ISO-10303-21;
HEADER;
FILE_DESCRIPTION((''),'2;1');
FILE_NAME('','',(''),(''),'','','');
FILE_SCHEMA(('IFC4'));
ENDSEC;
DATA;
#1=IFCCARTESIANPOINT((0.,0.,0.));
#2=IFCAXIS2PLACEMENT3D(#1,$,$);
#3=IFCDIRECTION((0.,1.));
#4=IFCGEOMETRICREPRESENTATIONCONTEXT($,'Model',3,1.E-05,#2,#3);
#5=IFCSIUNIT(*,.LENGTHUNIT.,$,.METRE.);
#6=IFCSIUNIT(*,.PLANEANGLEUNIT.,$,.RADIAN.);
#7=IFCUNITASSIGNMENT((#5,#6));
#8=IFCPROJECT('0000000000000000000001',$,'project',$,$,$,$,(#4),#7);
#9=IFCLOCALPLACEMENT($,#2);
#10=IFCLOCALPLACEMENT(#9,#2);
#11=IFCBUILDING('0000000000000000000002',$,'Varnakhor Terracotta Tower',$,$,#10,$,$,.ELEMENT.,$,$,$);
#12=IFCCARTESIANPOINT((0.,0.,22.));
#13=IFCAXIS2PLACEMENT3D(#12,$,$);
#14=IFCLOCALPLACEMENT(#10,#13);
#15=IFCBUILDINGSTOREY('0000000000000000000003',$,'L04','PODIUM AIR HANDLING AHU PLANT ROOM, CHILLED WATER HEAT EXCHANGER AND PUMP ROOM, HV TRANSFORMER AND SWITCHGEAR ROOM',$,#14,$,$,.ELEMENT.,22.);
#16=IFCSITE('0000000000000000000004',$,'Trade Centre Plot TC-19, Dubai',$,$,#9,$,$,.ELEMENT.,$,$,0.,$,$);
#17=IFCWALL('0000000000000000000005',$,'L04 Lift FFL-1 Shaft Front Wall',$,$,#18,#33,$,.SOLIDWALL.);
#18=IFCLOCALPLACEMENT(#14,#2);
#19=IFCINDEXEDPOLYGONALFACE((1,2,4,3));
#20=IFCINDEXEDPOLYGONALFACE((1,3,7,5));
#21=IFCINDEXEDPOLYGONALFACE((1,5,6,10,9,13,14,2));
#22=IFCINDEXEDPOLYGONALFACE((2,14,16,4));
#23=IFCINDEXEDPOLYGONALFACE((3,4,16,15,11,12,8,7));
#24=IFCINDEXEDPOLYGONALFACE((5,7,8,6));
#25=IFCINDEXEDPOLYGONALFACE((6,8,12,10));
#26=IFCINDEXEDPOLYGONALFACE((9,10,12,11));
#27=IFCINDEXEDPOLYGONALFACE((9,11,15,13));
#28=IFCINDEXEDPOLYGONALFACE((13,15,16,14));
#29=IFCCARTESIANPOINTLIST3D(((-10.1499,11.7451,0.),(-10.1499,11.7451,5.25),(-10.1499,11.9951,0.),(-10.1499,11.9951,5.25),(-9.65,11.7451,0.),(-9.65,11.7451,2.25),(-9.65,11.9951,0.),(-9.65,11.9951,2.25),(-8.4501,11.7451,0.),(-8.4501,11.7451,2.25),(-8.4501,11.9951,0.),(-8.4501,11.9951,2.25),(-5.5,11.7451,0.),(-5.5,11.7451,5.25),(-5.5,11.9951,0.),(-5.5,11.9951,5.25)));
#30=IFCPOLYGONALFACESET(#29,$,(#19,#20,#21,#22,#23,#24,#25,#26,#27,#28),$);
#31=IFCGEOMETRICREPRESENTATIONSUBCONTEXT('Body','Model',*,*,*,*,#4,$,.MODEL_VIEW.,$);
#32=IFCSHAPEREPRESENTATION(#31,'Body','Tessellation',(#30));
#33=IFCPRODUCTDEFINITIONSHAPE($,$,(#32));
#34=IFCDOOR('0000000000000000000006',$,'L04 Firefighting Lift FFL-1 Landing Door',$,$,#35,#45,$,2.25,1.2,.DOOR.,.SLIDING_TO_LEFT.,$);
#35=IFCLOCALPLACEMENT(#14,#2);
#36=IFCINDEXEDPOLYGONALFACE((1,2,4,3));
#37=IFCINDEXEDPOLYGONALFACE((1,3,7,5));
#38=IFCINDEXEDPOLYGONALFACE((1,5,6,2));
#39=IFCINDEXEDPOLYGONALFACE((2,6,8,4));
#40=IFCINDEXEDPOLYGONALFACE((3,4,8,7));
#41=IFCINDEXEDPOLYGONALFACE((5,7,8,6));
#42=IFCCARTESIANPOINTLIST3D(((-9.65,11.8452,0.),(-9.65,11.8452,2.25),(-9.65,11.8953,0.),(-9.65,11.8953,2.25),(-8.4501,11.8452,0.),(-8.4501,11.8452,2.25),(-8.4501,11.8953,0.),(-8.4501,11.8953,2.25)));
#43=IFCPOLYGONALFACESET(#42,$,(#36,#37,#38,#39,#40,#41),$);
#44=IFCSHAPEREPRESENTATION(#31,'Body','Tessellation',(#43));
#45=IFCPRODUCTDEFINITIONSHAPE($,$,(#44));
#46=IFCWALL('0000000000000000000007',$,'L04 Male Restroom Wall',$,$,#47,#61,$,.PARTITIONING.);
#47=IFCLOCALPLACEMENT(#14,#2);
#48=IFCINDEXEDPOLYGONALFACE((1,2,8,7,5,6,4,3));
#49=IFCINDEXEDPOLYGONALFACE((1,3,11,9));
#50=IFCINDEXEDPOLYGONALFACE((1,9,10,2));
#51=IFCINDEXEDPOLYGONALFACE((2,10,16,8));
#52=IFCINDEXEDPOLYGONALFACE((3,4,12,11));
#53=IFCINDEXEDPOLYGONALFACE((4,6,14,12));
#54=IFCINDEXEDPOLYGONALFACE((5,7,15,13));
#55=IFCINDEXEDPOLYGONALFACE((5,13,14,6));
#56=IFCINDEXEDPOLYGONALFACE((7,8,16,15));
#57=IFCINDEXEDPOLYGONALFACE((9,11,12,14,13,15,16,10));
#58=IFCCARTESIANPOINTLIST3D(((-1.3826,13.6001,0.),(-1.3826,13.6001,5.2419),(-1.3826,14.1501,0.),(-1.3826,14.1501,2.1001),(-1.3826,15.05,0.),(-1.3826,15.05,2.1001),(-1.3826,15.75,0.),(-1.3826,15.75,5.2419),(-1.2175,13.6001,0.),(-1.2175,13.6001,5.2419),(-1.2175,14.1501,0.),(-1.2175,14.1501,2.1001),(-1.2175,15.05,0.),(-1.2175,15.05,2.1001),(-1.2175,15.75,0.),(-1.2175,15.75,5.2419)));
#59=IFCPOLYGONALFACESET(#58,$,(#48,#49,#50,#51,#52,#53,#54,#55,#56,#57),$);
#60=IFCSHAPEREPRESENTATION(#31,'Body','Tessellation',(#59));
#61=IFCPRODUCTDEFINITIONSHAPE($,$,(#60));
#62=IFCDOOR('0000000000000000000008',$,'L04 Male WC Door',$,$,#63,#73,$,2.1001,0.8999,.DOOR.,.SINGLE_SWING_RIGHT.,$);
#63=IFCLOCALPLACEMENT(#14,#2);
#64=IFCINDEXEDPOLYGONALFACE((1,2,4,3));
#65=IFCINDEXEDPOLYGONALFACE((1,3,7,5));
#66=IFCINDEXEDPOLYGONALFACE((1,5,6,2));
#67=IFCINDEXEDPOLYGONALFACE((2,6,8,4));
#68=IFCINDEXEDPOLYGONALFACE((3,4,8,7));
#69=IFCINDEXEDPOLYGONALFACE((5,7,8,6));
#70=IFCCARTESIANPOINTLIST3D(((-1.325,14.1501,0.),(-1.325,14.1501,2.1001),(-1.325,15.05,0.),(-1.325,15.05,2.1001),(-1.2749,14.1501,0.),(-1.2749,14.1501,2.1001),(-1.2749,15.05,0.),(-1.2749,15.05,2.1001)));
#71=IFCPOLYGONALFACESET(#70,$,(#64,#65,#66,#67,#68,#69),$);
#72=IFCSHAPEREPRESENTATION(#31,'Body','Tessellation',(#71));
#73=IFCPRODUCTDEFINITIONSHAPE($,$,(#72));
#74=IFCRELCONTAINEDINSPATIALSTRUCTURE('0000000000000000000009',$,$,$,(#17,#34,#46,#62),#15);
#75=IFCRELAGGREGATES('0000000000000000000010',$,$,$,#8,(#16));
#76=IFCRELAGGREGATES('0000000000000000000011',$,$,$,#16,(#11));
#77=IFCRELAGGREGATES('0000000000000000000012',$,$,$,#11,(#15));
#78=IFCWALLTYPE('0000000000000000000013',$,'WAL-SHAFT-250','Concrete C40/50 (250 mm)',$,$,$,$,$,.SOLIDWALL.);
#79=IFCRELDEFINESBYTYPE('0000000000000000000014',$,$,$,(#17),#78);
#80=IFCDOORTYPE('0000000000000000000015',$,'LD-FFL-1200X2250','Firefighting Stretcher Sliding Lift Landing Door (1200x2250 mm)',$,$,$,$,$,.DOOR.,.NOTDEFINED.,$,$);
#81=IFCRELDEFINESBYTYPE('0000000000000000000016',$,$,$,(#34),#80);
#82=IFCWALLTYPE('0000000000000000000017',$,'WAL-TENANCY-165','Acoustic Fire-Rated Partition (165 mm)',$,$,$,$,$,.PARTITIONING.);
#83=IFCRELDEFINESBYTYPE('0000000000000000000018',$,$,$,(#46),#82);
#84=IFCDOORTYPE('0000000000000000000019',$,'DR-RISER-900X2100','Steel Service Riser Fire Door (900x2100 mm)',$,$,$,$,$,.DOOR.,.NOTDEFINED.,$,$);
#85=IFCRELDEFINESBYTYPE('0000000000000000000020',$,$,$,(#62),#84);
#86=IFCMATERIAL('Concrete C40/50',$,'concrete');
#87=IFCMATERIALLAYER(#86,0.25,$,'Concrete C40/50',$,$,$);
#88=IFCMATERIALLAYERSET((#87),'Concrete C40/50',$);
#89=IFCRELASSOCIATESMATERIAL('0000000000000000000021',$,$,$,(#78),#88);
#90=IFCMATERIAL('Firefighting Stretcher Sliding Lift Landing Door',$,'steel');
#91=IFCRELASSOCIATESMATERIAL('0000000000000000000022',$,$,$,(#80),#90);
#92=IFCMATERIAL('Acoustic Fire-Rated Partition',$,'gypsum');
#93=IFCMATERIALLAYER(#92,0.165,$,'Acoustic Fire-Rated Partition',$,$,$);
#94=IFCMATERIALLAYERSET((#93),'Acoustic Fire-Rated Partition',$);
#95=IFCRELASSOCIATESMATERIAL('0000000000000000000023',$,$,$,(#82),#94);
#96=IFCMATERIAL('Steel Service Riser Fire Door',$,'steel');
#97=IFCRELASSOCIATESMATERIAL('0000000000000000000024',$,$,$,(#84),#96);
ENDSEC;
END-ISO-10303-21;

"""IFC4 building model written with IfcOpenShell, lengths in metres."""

from ifc_helpers import new_model, si_unit, direction, frame, frame_2d, origin, place, context, subcontext, project, spatial, rectangle, extrude, source, transform, mapped, material, layer, layer_set, type_object, type_shapes, element, fill, save


model = new_model("IFC4")

# Units and contexts
model_context = context("Model", 3, precision=1e-05, world=origin(), true_north=direction((0.0, 1.0)))
body_context = subcontext(model_context, "Body", "Model", "MODEL_VIEW")
ifc_project = project(units=[si_unit("LENGTHUNIT", "METRE"), si_unit("PLANEANGLEUNIT", "RADIAN")], contexts=[model_context])

# Site, building, storey
site_placement = place(None, origin())
site = spatial("IfcSite", under=ifc_project, at=site_placement, Name="Trade Centre Plot TC-19, Dubai", CompositionType="ELEMENT", RefElevation=0.0)
building_placement = place(site_placement, origin())
building = spatial("IfcBuilding", under=site, at=building_placement, Name="Varnakhor Terracotta Tower", CompositionType="ELEMENT")
storey_placement = place(building_placement, frame((0.0, 0.0, 22.0)))
storey = spatial("IfcBuildingStorey", under=building, at=storey_placement, Name="L04", Description="PODIUM AIR HANDLING AHU PLANT ROOM, CHILLED WATER HEAT EXCHANGER AND PUMP ROOM, HV TRANSFORMER AND SWITCHGEAR ROOM", CompositionType="ELEMENT", Elevation=22.0)

# Shared definitions
ifc_material_1 = material(Name="Concrete C40/50", Category="concrete")

# Walls, openings, doors
ifc_layer_1 = layer(ifc_material_1, 0.25, Name="Concrete C40/50")
ifc_layer_set_1 = layer_set([ifc_layer_1], Name="Concrete C40/50")
wall_type_1 = type_object("IfcWallType", Name="WAL-SHAFT-250", Description="Concrete C40/50 (250 mm)", PredefinedType="SOLIDWALL", material=ifc_layer_set_1)
wall_1_placement = place(storey_placement, frame((-5.5, 11.8701, 0.0), z_axis=(0.0, 0.0, 1.0), x_axis=(-1.0, 0.0, 0.0)))
wall_1 = element("IfcWall", 1, at=wall_1_placement, inside=storey, type_object=wall_type_1, Name="L04 Lift FFL-1 Shaft Front Wall", PredefinedType="SOLIDWALL", context=body_context, shape_type="SweptSolid", body=[
    extrude(rectangle(XDim=4.6499, YDim=0.25, at=frame_2d((2.325, 0.0))), origin(), (0.0, 0.0, 1.0), 5.25),
])
opening_1_placement = place(wall_1_placement, frame((2.95, 0.0, 0.0)))
opening_1 = element("IfcOpeningElement", 2, at=opening_1_placement, cuts=wall_1, PredefinedType="OPENING", context=body_context, shape_type="SweptSolid", body=[
    extrude(rectangle(XDim=1.2, YDim=2.25, at=frame_2d((0.6001, 1.125))), frame((0.0, 0.135, 0.0), z_axis=(0.0, -1.0, 0.0), x_axis=(1.0, 0.0, 0.0)), (0.0, 0.0, 1.0), 0.27),
])
ifc_material_2 = material(Name="Firefighting Stretcher Sliding Lift Landing Door", Category="steel")
door_type_1 = type_object("IfcDoorType", Name="LD-FFL-1200X2250", Description="Firefighting Stretcher Sliding Lift Landing Door (1200x2250 mm)", OperationType="NOTDEFINED", PredefinedType="DOOR", material=ifc_material_2)
shared_shape_1 = source(origin(), body_context, "Body", "SweptSolid", [
    extrude(rectangle(XDim=1.2, YDim=2.25, at=frame_2d((0.6001, 1.125))), frame((0.0, 0.0249, 0.0), z_axis=(0.0, -1.0, 0.0), x_axis=(1.0, 0.0, 0.0)), (0.0, 0.0, 1.0), 0.05),
])
type_shapes(door_type_1, [shared_shape_1])
door_1_placement = place(opening_1_placement, origin())
door_1 = element("IfcDoor", 3, at=door_1_placement, inside=storey, type_object=door_type_1, Name="L04 Firefighting Lift FFL-1 Landing Door", OperationType="SLIDING_TO_LEFT", OverallHeight=2.25, OverallWidth=1.2, PredefinedType="DOOR", context=body_context, shape_type="MappedRepresentation", body=[
    mapped(shared_shape_1, transform((0.0, 0.0, 0.0), scale=1.0)),
])
fill(opening_1, door_1)
ifc_material_3 = material(Name="Acoustic Fire-Rated Partition", Category="gypsum")
ifc_layer_2 = layer(ifc_material_3, 0.165, Name="Acoustic Fire-Rated Partition")
ifc_layer_set_2 = layer_set([ifc_layer_2], Name="Acoustic Fire-Rated Partition")
wall_type_2 = type_object("IfcWallType", Name="WAL-TENANCY-165", Description="Acoustic Fire-Rated Partition (165 mm)", PredefinedType="PARTITIONING", material=ifc_layer_set_2)
wall_2_placement = place(storey_placement, frame((-1.3, 13.6001, 0.0), z_axis=(0.0, 0.0, 1.0), x_axis=(0.0, 1.0, 0.0)))
wall_2 = element("IfcWall", 4, at=wall_2_placement, inside=storey, type_object=wall_type_2, Name="L04 Male Restroom Wall", PredefinedType="PARTITIONING", context=body_context, shape_type="SweptSolid", body=[
    extrude(rectangle(XDim=2.1499, YDim=0.165, at=frame_2d((1.075, 0.0))), origin(), (0.0, 0.0, 1.0), 5.2419),
])
opening_2_placement = place(wall_2_placement, frame((0.55, 0.0, 0.0)))
opening_2 = element("IfcOpeningElement", 5, at=opening_2_placement, cuts=wall_2, PredefinedType="OPENING", context=body_context, shape_type="SweptSolid", body=[
    extrude(rectangle(XDim=0.8999, YDim=2.1001, at=frame_2d((0.45, 1.05))), frame((0.0, 0.0925, 0.0), z_axis=(0.0, -1.0, 0.0), x_axis=(1.0, 0.0, 0.0)), (0.0, 0.0, 1.0), 0.1851),
])
ifc_material_4 = material(Name="Steel Service Riser Fire Door", Category="steel")
door_type_2 = type_object("IfcDoorType", Name="DR-RISER-900X2100", Description="Steel Service Riser Fire Door (900x2100 mm)", OperationType="NOTDEFINED", PredefinedType="DOOR", material=ifc_material_4)
shared_shape_2 = source(origin(), body_context, "Body", "SweptSolid", [
    extrude(rectangle(XDim=0.8999, YDim=2.1001, at=frame_2d((0.45, 1.05))), frame((0.0, 0.0249, 0.0), z_axis=(0.0, -1.0, 0.0), x_axis=(1.0, 0.0, 0.0)), (0.0, 0.0, 1.0), 0.05),
])
type_shapes(door_type_2, [shared_shape_2])
door_2_placement = place(opening_2_placement, origin())
door_2 = element("IfcDoor", 6, at=door_2_placement, inside=storey, type_object=door_type_2, Name="L04 Male WC Door", OperationType="SINGLE_SWING_RIGHT", OverallHeight=2.1001, OverallWidth=0.8999, PredefinedType="DOOR", context=body_context, shape_type="MappedRepresentation", body=[
    mapped(shared_shape_2, transform((0.0, 0.0, 0.0), scale=1.0)),
])
fill(opening_2, door_2)

save(model, "model.ifc")
